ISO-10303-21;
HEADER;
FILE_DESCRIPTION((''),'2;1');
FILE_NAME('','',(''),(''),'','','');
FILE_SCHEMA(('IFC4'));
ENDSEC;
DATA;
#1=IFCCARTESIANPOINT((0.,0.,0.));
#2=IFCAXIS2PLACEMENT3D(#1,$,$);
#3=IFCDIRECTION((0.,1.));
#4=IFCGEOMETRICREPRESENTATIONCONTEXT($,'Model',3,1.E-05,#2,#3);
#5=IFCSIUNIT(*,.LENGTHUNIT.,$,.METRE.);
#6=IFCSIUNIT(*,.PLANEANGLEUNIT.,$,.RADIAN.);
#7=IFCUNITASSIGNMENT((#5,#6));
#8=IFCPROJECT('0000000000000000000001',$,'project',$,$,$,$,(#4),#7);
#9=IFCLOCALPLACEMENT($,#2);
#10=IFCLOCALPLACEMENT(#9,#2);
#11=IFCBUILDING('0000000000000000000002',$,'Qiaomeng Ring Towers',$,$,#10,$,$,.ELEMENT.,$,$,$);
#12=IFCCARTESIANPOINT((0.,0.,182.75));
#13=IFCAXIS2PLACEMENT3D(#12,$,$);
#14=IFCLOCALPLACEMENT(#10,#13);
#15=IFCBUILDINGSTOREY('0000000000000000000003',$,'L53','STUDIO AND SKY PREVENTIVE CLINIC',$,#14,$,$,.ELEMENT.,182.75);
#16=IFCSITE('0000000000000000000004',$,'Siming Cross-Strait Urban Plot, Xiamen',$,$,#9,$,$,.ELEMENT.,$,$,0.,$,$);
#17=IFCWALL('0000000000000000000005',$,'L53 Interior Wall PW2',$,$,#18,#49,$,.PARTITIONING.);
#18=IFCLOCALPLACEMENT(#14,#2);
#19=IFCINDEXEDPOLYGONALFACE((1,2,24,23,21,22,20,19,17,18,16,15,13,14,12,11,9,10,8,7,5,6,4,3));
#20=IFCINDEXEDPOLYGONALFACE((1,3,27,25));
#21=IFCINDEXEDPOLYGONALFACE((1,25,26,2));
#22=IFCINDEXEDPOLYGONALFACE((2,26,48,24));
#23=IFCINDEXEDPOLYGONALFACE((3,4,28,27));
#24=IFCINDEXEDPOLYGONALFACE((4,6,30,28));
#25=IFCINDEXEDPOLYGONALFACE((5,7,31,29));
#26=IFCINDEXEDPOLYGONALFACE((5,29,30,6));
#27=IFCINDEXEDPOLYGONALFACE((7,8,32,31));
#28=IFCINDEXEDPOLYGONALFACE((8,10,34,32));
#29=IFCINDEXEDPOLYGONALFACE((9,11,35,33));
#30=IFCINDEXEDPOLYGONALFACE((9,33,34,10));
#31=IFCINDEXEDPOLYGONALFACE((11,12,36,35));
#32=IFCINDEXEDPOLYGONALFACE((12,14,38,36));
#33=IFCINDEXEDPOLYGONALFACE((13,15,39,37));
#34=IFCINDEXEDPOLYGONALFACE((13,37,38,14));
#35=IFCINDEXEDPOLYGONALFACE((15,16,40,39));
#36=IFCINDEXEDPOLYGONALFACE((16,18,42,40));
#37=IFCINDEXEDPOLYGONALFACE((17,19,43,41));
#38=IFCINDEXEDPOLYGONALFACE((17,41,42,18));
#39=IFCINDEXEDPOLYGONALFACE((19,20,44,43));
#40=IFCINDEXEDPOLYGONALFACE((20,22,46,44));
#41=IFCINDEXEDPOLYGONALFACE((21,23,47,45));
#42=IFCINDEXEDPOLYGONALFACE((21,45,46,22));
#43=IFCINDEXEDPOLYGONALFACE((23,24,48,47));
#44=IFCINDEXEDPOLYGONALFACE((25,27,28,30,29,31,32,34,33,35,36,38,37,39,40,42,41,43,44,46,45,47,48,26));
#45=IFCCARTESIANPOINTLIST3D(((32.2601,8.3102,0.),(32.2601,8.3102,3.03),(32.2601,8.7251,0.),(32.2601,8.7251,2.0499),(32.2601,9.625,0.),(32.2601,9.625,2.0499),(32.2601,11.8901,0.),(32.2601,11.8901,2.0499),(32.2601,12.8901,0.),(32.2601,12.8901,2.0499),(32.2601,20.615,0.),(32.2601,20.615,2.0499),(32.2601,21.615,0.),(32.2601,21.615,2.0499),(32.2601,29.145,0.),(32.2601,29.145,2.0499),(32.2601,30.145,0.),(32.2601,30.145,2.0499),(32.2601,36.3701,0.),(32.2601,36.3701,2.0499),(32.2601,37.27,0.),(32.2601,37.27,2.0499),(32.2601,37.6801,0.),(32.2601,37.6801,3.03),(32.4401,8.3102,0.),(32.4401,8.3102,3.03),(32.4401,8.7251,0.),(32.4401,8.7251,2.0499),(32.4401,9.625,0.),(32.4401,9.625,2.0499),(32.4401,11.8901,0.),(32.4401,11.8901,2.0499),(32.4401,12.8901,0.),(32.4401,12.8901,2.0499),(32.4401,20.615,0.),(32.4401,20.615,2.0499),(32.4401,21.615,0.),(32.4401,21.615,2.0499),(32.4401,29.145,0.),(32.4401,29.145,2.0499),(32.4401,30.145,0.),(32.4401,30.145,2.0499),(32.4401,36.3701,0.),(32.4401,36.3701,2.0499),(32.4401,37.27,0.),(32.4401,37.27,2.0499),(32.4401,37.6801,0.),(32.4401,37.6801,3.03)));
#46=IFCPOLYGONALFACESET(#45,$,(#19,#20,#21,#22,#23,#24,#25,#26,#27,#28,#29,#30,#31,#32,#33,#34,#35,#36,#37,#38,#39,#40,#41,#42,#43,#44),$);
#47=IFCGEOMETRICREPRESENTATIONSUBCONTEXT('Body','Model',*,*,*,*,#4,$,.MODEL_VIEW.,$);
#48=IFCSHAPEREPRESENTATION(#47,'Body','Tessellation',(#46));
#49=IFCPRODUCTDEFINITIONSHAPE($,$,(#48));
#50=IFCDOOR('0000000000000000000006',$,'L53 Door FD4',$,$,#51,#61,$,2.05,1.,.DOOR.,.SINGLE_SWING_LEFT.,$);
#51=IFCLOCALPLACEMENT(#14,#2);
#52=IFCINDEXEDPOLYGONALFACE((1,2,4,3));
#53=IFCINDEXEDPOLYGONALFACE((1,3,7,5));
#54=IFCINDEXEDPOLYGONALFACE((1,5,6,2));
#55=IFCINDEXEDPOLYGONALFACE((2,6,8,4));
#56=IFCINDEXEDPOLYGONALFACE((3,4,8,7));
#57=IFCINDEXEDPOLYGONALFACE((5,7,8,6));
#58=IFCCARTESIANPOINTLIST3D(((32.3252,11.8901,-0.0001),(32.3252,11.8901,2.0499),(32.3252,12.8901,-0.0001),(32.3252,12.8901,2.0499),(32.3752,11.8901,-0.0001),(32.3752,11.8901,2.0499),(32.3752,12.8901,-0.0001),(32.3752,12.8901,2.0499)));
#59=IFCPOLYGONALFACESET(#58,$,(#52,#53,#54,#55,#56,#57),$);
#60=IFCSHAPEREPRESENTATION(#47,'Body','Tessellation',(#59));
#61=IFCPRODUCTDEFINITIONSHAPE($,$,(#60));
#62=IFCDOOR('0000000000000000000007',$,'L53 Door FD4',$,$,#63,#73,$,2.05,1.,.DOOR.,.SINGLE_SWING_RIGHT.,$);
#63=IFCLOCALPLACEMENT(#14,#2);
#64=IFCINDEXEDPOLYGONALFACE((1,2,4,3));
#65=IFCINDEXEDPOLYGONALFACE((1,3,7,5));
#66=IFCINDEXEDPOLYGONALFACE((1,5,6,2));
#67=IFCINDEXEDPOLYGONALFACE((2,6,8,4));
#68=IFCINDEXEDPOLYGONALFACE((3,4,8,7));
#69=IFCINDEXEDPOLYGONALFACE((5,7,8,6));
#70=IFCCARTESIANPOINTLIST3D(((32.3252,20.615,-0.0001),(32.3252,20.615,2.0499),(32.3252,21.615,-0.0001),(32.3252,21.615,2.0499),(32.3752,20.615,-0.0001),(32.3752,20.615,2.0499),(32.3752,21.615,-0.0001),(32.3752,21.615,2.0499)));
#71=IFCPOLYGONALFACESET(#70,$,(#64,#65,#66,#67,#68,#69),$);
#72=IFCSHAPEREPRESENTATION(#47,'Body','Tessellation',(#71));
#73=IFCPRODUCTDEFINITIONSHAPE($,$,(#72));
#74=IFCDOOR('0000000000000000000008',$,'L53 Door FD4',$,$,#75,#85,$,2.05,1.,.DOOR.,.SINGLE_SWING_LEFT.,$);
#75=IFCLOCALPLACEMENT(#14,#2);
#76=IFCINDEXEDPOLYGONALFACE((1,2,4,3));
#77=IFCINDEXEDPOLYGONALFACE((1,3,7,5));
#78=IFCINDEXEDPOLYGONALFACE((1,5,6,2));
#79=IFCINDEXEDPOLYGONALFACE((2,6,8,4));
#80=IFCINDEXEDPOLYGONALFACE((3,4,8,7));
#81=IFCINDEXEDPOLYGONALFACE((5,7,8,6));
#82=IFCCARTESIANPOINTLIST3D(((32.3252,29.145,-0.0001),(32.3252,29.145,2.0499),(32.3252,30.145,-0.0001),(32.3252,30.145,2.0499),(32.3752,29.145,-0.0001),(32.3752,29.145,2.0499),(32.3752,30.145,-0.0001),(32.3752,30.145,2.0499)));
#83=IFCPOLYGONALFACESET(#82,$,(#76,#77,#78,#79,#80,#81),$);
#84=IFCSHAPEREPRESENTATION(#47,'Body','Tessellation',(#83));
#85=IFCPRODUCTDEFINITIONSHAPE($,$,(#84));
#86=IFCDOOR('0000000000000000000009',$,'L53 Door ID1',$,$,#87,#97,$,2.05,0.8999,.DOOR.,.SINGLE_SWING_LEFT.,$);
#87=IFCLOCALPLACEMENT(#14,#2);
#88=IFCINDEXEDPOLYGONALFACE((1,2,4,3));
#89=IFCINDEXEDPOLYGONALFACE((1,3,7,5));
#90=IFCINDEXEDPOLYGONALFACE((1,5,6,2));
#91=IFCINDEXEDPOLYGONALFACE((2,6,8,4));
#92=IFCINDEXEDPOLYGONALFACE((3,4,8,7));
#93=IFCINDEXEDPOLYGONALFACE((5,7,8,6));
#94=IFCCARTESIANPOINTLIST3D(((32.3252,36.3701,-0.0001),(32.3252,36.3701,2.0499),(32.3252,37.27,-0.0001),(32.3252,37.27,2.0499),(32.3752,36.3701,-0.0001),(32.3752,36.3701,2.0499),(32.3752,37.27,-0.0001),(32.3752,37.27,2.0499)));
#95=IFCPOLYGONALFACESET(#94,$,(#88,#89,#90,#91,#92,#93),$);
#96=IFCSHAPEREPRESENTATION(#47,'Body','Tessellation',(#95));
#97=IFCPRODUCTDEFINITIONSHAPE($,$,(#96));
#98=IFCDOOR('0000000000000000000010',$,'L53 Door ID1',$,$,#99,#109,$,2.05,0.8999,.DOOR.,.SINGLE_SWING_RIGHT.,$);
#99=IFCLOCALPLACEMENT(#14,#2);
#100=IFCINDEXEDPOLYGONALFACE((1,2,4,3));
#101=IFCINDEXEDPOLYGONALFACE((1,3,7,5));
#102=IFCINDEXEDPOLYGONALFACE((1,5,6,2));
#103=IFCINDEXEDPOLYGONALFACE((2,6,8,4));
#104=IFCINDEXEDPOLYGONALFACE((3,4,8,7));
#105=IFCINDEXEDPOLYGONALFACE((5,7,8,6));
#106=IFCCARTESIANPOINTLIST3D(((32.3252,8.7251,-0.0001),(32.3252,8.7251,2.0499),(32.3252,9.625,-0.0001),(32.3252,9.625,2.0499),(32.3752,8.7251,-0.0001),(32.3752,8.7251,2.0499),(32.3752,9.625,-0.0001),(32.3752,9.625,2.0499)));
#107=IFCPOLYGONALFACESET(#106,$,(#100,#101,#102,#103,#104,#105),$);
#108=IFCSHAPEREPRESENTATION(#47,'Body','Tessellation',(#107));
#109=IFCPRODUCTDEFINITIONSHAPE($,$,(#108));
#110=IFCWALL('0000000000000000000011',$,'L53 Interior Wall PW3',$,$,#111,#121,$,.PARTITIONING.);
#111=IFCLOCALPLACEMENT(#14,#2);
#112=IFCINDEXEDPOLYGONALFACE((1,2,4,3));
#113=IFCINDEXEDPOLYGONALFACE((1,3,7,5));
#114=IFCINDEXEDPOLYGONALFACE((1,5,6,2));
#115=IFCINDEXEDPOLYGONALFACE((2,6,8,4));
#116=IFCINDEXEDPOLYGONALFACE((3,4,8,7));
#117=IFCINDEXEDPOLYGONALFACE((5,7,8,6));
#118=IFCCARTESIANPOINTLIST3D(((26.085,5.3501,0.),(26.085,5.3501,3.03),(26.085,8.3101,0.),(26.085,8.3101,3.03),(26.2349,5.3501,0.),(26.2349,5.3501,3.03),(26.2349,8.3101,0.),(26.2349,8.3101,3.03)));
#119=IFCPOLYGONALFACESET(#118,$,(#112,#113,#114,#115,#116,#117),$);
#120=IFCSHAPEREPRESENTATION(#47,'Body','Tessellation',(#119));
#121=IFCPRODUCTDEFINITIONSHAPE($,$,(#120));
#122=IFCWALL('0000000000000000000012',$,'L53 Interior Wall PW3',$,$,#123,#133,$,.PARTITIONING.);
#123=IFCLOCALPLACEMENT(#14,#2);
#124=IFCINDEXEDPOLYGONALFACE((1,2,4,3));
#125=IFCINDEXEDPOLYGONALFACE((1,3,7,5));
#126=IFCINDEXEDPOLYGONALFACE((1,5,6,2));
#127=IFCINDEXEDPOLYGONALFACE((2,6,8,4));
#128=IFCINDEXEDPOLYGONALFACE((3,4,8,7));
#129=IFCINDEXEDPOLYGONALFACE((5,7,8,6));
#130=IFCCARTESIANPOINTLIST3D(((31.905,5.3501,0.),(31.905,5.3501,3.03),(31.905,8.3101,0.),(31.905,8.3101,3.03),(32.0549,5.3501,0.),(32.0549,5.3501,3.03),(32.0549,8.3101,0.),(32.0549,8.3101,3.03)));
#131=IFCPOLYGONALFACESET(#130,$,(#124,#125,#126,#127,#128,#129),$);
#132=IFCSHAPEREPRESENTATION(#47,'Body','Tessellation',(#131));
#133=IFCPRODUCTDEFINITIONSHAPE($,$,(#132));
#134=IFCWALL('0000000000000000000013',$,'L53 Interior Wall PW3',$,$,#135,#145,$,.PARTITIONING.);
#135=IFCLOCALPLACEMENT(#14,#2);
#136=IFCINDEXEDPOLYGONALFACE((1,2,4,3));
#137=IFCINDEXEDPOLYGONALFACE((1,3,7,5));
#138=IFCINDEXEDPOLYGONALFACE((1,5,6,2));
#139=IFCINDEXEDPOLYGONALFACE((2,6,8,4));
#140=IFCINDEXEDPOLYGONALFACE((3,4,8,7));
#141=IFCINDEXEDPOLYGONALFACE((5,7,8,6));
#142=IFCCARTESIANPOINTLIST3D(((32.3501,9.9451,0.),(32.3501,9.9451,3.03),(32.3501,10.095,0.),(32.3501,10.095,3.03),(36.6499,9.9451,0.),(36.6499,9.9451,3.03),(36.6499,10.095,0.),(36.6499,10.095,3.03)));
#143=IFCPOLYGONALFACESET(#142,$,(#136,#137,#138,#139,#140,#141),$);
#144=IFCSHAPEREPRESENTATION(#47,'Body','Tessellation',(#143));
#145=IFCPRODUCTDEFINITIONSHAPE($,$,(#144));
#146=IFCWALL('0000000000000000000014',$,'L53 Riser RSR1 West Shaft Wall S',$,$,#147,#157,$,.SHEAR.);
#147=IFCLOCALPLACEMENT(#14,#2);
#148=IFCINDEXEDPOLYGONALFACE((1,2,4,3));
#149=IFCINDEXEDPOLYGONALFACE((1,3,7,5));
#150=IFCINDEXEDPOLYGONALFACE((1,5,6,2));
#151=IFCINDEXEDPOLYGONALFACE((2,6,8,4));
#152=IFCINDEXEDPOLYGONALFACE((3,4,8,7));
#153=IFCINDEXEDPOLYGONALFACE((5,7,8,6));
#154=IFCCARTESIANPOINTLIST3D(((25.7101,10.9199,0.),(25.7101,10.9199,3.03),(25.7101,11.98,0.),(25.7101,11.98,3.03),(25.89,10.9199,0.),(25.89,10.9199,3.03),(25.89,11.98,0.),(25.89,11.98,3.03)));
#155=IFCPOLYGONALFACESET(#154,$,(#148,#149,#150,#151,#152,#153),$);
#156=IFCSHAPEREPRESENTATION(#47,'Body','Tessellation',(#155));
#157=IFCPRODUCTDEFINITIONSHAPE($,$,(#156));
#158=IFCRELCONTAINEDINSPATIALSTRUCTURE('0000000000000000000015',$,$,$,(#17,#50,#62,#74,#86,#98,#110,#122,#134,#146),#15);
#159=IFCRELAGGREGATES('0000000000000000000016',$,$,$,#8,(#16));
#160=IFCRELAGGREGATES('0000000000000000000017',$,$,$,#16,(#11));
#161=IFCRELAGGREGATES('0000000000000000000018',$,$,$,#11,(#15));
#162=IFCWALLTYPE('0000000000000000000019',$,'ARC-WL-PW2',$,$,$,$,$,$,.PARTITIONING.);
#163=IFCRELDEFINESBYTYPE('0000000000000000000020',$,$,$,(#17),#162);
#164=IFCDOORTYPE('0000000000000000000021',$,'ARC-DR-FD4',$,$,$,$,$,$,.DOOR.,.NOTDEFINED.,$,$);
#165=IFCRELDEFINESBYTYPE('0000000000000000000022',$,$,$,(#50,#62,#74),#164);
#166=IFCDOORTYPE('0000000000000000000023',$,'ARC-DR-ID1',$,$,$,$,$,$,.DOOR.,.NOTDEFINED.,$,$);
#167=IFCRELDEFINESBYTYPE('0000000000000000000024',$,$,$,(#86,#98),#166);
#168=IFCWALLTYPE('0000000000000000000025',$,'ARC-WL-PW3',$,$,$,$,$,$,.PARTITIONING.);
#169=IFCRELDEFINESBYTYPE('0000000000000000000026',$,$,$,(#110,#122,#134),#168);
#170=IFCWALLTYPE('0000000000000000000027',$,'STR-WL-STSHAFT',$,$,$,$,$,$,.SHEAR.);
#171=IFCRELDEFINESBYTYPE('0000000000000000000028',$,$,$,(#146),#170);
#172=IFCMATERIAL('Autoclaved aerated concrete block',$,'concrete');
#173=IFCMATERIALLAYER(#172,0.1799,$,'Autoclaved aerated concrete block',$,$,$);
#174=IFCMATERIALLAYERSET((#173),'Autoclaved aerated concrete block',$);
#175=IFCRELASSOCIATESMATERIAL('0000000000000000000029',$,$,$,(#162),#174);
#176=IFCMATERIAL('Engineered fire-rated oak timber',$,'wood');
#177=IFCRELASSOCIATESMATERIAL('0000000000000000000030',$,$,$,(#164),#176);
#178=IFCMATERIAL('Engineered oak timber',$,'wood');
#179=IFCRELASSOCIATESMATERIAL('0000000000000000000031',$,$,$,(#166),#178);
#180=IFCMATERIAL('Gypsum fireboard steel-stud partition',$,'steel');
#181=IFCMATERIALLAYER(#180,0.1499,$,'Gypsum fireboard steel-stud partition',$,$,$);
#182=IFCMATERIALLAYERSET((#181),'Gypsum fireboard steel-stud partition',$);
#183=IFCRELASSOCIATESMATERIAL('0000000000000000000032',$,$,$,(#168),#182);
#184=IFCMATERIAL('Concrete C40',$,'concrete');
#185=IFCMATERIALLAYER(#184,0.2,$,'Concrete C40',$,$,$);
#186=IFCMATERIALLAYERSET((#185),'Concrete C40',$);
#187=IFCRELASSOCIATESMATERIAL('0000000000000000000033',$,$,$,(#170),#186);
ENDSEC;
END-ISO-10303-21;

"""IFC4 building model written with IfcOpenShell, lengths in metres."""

from ifc_helpers import new_model, si_unit, direction, frame, frame_2d, origin, place, context, subcontext, project, spatial, rectangle, extrude, source, transform, mapped, material, layer, layer_set, type_object, element, fill, save


model = new_model("IFC4")

# Units and contexts
model_context = context("Model", 3, precision=1e-05, world=origin(), true_north=direction((0.0, 1.0)))
body_context = subcontext(model_context, "Body", "Model", "MODEL_VIEW")
ifc_project = project(units=[si_unit("LENGTHUNIT", "METRE"), si_unit("PLANEANGLEUNIT", "RADIAN")], contexts=[model_context])

# Site, building, storey
site_placement = place(None, origin())
site = spatial("IfcSite", under=ifc_project, at=site_placement, Name="Siming Cross-Strait Urban Plot, Xiamen", CompositionType="ELEMENT", RefElevation=0.0)
building_placement = place(site_placement, origin())
building = spatial("IfcBuilding", under=site, at=building_placement, Name="Qiaomeng Ring Towers", CompositionType="ELEMENT")
storey_placement = place(building_placement, frame((0.0, 0.0, 182.75)))
storey = spatial("IfcBuildingStorey", under=building, at=storey_placement, Name="L53", Description="STUDIO AND SKY PREVENTIVE CLINIC", CompositionType="ELEMENT", Elevation=182.75)

# Wall, openings, doors
ifc_material_1 = material(Name="Autoclaved aerated concrete block", Category="concrete")
ifc_layer_1 = layer(ifc_material_1, 0.1799, Name="Autoclaved aerated concrete block")
ifc_layer_set_1 = layer_set([ifc_layer_1], Name="Autoclaved aerated concrete block")
wall_type_1 = type_object("IfcWallType", Name="ARC-WL-PW2", PredefinedType="PARTITIONING", material=ifc_layer_set_1)
wall_1_placement = place(storey_placement, frame((32.3501, 8.3101, 0.0), z_axis=(0.0, 0.0, 1.0), x_axis=(0.0, 1.0, 0.0)))
wall_1 = element("IfcWall", 1, at=wall_1_placement, inside=storey, type_object=wall_type_1, Name="L53 Interior Wall PW2", PredefinedType="PARTITIONING", context=body_context, shape_type="SweptSolid", body=[
    extrude(rectangle(XDim=29.3699, YDim=0.1799, at=frame_2d((14.6851, 0.0))), origin(), (0.0, 0.0, 1.0), 3.03),
])
opening_1_placement = place(wall_1_placement, frame((28.0601, 0.0, 0.0)))
opening_1 = element("IfcOpeningElement", 2, at=opening_1_placement, cuts=wall_1, PredefinedType="OPENING", context=body_context, shape_type="SweptSolid", body=[
    extrude(rectangle(XDim=0.8999, YDim=2.05, at=frame_2d((0.45, 1.0249))), frame((0.0, 0.0999, 0.0), z_axis=(0.0, -1.0, 0.0), x_axis=(1.0, 0.0, 0.0)), (0.0, 0.0, 1.0), 0.2),
])
opening_2_placement = place(wall_1_placement, frame((0.415, 0.0, 0.0)))
opening_2 = element("IfcOpeningElement", 3, at=opening_2_placement, cuts=wall_1, PredefinedType="OPENING", context=body_context, shape_type="SweptSolid", body=[
    extrude(rectangle(XDim=0.8999, YDim=2.05, at=frame_2d((0.45, 1.0249))), frame((0.0, 0.0999, 0.0), z_axis=(0.0, -1.0, 0.0), x_axis=(1.0, 0.0, 0.0)), (0.0, 0.0, 1.0), 0.2),
])
opening_3_placement = place(wall_1_placement, frame((3.5801, 0.0, 0.0)))
opening_3 = element("IfcOpeningElement", 4, at=opening_3_placement, cuts=wall_1, PredefinedType="OPENING", context=body_context, shape_type="SweptSolid", body=[
    extrude(rectangle(XDim=1.0, YDim=2.05, at=frame_2d((0.5, 1.0249))), frame((0.0, 0.0999, 0.0), z_axis=(0.0, -1.0, 0.0), x_axis=(1.0, 0.0, 0.0)), (0.0, 0.0, 1.0), 0.2),
])
opening_4_placement = place(wall_1_placement, frame((12.3049, 0.0, 0.0)))
opening_4 = element("IfcOpeningElement", 5, at=opening_4_placement, cuts=wall_1, PredefinedType="OPENING", context=body_context, shape_type="SweptSolid", body=[
    extrude(rectangle(XDim=1.0, YDim=2.05, at=frame_2d((0.5, 1.0249))), frame((0.0, 0.0999, 0.0), z_axis=(0.0, -1.0, 0.0), x_axis=(1.0, 0.0, 0.0)), (0.0, 0.0, 1.0), 0.2),
])
opening_5_placement = place(wall_1_placement, frame((20.835, 0.0, 0.0)))
opening_5 = element("IfcOpeningElement", 6, at=opening_5_placement, cuts=wall_1, PredefinedType="OPENING", context=body_context, shape_type="SweptSolid", body=[
    extrude(rectangle(XDim=1.0, YDim=2.05, at=frame_2d((0.5, 1.0249))), frame((0.0, 0.0999, 0.0), z_axis=(0.0, -1.0, 0.0), x_axis=(1.0, 0.0, 0.0)), (0.0, 0.0, 1.0), 0.2),
])
ifc_material_2 = material(Name="Engineered fire-rated oak timber", Category="wood")
door_type_1 = type_object("IfcDoorType", Name="ARC-DR-FD4", OperationType="NOTDEFINED", PredefinedType="DOOR", material=ifc_material_2)
shared_shape_1 = source(origin(), body_context, "Body", "SweptSolid", [
    extrude(rectangle(XDim=1.0, YDim=2.05, at=frame_2d((0.5, 1.0249))), frame((0.0, 0.0249, 0.0), z_axis=(0.0, -1.0, 0.0), x_axis=(1.0, 0.0, 0.0)), (0.0, 0.0, 1.0), 0.05),
])
door_1_placement = place(opening_3_placement, origin())
door_1 = element("IfcDoor", 7, at=door_1_placement, inside=storey, type_object=door_type_1, Name="L53 Door FD4", OperationType="SINGLE_SWING_LEFT", OverallHeight=2.05, OverallWidth=1.0, PredefinedType="DOOR", context=body_context, shape_type="MappedRepresentation", body=[
    mapped(shared_shape_1, transform((0.0, 0.0, 0.0), x_axis=(1.0, 0.0, 0.0), y_axis=(0.0, 1.0, 0.0), z_axis=(0.0, 0.0, 1.0), scale=1.0)),
])
fill(opening_3, door_1)
door_2_placement = place(opening_4_placement, origin())
door_2 = element("IfcDoor", 8, at=door_2_placement, inside=storey, type_object=door_type_1, Name="L53 Door FD4", OperationType="SINGLE_SWING_RIGHT", OverallHeight=2.05, OverallWidth=1.0, PredefinedType="DOOR", context=body_context, shape_type="MappedRepresentation", body=[
    mapped(shared_shape_1, transform((0.0, 0.0, 0.0), x_axis=(1.0, 0.0, 0.0), y_axis=(0.0, 1.0, 0.0), z_axis=(0.0, 0.0, 1.0), scale=1.0)),
])
fill(opening_4, door_2)
door_3_placement = place(opening_5_placement, origin())
door_3 = element("IfcDoor", 9, at=door_3_placement, inside=storey, type_object=door_type_1, Name="L53 Door FD4", OperationType="SINGLE_SWING_LEFT", OverallHeight=2.05, OverallWidth=1.0, PredefinedType="DOOR", context=body_context, shape_type="MappedRepresentation", body=[
    mapped(shared_shape_1, transform((0.0, 0.0, 0.0), x_axis=(1.0, 0.0, 0.0), y_axis=(0.0, 1.0, 0.0), z_axis=(0.0, 0.0, 1.0), scale=1.0)),
])
fill(opening_5, door_3)
ifc_material_3 = material(Name="Engineered oak timber", Category="wood")
door_type_2 = type_object("IfcDoorType", Name="ARC-DR-ID1", OperationType="NOTDEFINED", PredefinedType="DOOR", material=ifc_material_3)
shared_shape_2 = source(origin(), body_context, "Body", "SweptSolid", [
    extrude(rectangle(XDim=0.8999, YDim=2.05, at=frame_2d((0.45, 1.0249))), frame((0.0, 0.0249, 0.0), z_axis=(0.0, -1.0, 0.0), x_axis=(1.0, 0.0, 0.0)), (0.0, 0.0, 1.0), 0.05),
])
door_4_placement = place(opening_1_placement, origin())
door_4 = element("IfcDoor", 10, at=door_4_placement, inside=storey, type_object=door_type_2, Name="L53 Door ID1", OperationType="SINGLE_SWING_LEFT", OverallHeight=2.05, OverallWidth=0.8999, PredefinedType="DOOR", context=body_context, shape_type="MappedRepresentation", body=[
    mapped(shared_shape_2, transform((0.0, 0.0, 0.0), x_axis=(1.0, 0.0, 0.0), y_axis=(0.0, 1.0, 0.0), z_axis=(0.0, 0.0, 1.0), scale=1.0)),
])
fill(opening_1, door_4)
door_5_placement = place(opening_2_placement, origin())
door_5 = element("IfcDoor", 11, at=door_5_placement, inside=storey, type_object=door_type_2, Name="L53 Door ID1", OperationType="SINGLE_SWING_RIGHT", OverallHeight=2.05, OverallWidth=0.8999, PredefinedType="DOOR", context=body_context, shape_type="MappedRepresentation", body=[
    mapped(shared_shape_2, transform((0.0, 0.0, 0.0), x_axis=(1.0, 0.0, 0.0), y_axis=(0.0, 1.0, 0.0), z_axis=(0.0, 0.0, 1.0), scale=1.0)),
])
fill(opening_2, door_5)

# Walls
ifc_material_4 = material(Name="Gypsum fireboard steel-stud partition", Category="steel")
ifc_layer_2 = layer(ifc_material_4, 0.1499, Name="Gypsum fireboard steel-stud partition")
ifc_layer_set_2 = layer_set([ifc_layer_2], Name="Gypsum fireboard steel-stud partition")
wall_type_2 = type_object("IfcWallType", Name="ARC-WL-PW3", PredefinedType="PARTITIONING", material=ifc_layer_set_2)
for number, where, z_axis, x_axis, name in (
    (12, (26.1599, 5.3501, 0.0), (0.0, 0.0, 1.0), (0.0, 1.0, 0.0), "L53 Interior Wall PW3"),
    (13, (31.98, 5.3501, 0.0), (0.0, 0.0, 1.0), (0.0, 1.0, 0.0), "L53 Interior Wall PW3"),
):
    element("IfcWall", number, at=place(storey_placement, frame(where, z_axis=z_axis, x_axis=x_axis)), inside=storey, type_object=wall_type_2, Name=name, PredefinedType="PARTITIONING", context=body_context, shape_type="SweptSolid", body=[
        extrude(rectangle(XDim=2.96, YDim=0.1499, at=frame_2d((1.48, 0.0))), origin(), (0.0, 0.0, 1.0), 3.03),
    ])
wall_2_placement = place(storey_placement, frame((32.3501, 10.02, 0.0), z_axis=(0.0, 0.0, 1.0), x_axis=(1.0, 0.0, 0.0)))
element("IfcWall", 14, at=wall_2_placement, inside=storey, type_object=wall_type_2, Name="L53 Interior Wall PW3", PredefinedType="PARTITIONING", context=body_context, shape_type="SweptSolid", body=[
    extrude(rectangle(XDim=4.2998, YDim=0.1499, at=frame_2d((2.1499, 0.0))), origin(), (0.0, 0.0, 1.0), 3.03),
])
ifc_material_5 = material(Name="Concrete C40", Category="concrete")
ifc_layer_3 = layer(ifc_material_5, 0.2, Name="Concrete C40")
ifc_layer_set_3 = layer_set([ifc_layer_3], Name="Concrete C40")
wall_type_3 = type_object("IfcWallType", Name="STR-WL-STSHAFT", PredefinedType="SHEAR", material=ifc_layer_set_3)
wall_3_placement = place(storey_placement, frame((25.8, 10.9199, 0.0), z_axis=(0.0, 0.0, 1.0), x_axis=(0.0, 1.0, 0.0)))
element("IfcWall", 15, at=wall_3_placement, inside=storey, type_object=wall_type_3, Name="L53 Riser RSR1 West Shaft Wall S", PredefinedType="SHEAR", context=body_context, shape_type="SweptSolid", body=[
    extrude(rectangle(XDim=1.0601, YDim=0.1799, at=frame_2d((0.53, 0.0))), origin(), (0.0, 0.0, 1.0), 3.03),
])

save(model, "model.ifc")
